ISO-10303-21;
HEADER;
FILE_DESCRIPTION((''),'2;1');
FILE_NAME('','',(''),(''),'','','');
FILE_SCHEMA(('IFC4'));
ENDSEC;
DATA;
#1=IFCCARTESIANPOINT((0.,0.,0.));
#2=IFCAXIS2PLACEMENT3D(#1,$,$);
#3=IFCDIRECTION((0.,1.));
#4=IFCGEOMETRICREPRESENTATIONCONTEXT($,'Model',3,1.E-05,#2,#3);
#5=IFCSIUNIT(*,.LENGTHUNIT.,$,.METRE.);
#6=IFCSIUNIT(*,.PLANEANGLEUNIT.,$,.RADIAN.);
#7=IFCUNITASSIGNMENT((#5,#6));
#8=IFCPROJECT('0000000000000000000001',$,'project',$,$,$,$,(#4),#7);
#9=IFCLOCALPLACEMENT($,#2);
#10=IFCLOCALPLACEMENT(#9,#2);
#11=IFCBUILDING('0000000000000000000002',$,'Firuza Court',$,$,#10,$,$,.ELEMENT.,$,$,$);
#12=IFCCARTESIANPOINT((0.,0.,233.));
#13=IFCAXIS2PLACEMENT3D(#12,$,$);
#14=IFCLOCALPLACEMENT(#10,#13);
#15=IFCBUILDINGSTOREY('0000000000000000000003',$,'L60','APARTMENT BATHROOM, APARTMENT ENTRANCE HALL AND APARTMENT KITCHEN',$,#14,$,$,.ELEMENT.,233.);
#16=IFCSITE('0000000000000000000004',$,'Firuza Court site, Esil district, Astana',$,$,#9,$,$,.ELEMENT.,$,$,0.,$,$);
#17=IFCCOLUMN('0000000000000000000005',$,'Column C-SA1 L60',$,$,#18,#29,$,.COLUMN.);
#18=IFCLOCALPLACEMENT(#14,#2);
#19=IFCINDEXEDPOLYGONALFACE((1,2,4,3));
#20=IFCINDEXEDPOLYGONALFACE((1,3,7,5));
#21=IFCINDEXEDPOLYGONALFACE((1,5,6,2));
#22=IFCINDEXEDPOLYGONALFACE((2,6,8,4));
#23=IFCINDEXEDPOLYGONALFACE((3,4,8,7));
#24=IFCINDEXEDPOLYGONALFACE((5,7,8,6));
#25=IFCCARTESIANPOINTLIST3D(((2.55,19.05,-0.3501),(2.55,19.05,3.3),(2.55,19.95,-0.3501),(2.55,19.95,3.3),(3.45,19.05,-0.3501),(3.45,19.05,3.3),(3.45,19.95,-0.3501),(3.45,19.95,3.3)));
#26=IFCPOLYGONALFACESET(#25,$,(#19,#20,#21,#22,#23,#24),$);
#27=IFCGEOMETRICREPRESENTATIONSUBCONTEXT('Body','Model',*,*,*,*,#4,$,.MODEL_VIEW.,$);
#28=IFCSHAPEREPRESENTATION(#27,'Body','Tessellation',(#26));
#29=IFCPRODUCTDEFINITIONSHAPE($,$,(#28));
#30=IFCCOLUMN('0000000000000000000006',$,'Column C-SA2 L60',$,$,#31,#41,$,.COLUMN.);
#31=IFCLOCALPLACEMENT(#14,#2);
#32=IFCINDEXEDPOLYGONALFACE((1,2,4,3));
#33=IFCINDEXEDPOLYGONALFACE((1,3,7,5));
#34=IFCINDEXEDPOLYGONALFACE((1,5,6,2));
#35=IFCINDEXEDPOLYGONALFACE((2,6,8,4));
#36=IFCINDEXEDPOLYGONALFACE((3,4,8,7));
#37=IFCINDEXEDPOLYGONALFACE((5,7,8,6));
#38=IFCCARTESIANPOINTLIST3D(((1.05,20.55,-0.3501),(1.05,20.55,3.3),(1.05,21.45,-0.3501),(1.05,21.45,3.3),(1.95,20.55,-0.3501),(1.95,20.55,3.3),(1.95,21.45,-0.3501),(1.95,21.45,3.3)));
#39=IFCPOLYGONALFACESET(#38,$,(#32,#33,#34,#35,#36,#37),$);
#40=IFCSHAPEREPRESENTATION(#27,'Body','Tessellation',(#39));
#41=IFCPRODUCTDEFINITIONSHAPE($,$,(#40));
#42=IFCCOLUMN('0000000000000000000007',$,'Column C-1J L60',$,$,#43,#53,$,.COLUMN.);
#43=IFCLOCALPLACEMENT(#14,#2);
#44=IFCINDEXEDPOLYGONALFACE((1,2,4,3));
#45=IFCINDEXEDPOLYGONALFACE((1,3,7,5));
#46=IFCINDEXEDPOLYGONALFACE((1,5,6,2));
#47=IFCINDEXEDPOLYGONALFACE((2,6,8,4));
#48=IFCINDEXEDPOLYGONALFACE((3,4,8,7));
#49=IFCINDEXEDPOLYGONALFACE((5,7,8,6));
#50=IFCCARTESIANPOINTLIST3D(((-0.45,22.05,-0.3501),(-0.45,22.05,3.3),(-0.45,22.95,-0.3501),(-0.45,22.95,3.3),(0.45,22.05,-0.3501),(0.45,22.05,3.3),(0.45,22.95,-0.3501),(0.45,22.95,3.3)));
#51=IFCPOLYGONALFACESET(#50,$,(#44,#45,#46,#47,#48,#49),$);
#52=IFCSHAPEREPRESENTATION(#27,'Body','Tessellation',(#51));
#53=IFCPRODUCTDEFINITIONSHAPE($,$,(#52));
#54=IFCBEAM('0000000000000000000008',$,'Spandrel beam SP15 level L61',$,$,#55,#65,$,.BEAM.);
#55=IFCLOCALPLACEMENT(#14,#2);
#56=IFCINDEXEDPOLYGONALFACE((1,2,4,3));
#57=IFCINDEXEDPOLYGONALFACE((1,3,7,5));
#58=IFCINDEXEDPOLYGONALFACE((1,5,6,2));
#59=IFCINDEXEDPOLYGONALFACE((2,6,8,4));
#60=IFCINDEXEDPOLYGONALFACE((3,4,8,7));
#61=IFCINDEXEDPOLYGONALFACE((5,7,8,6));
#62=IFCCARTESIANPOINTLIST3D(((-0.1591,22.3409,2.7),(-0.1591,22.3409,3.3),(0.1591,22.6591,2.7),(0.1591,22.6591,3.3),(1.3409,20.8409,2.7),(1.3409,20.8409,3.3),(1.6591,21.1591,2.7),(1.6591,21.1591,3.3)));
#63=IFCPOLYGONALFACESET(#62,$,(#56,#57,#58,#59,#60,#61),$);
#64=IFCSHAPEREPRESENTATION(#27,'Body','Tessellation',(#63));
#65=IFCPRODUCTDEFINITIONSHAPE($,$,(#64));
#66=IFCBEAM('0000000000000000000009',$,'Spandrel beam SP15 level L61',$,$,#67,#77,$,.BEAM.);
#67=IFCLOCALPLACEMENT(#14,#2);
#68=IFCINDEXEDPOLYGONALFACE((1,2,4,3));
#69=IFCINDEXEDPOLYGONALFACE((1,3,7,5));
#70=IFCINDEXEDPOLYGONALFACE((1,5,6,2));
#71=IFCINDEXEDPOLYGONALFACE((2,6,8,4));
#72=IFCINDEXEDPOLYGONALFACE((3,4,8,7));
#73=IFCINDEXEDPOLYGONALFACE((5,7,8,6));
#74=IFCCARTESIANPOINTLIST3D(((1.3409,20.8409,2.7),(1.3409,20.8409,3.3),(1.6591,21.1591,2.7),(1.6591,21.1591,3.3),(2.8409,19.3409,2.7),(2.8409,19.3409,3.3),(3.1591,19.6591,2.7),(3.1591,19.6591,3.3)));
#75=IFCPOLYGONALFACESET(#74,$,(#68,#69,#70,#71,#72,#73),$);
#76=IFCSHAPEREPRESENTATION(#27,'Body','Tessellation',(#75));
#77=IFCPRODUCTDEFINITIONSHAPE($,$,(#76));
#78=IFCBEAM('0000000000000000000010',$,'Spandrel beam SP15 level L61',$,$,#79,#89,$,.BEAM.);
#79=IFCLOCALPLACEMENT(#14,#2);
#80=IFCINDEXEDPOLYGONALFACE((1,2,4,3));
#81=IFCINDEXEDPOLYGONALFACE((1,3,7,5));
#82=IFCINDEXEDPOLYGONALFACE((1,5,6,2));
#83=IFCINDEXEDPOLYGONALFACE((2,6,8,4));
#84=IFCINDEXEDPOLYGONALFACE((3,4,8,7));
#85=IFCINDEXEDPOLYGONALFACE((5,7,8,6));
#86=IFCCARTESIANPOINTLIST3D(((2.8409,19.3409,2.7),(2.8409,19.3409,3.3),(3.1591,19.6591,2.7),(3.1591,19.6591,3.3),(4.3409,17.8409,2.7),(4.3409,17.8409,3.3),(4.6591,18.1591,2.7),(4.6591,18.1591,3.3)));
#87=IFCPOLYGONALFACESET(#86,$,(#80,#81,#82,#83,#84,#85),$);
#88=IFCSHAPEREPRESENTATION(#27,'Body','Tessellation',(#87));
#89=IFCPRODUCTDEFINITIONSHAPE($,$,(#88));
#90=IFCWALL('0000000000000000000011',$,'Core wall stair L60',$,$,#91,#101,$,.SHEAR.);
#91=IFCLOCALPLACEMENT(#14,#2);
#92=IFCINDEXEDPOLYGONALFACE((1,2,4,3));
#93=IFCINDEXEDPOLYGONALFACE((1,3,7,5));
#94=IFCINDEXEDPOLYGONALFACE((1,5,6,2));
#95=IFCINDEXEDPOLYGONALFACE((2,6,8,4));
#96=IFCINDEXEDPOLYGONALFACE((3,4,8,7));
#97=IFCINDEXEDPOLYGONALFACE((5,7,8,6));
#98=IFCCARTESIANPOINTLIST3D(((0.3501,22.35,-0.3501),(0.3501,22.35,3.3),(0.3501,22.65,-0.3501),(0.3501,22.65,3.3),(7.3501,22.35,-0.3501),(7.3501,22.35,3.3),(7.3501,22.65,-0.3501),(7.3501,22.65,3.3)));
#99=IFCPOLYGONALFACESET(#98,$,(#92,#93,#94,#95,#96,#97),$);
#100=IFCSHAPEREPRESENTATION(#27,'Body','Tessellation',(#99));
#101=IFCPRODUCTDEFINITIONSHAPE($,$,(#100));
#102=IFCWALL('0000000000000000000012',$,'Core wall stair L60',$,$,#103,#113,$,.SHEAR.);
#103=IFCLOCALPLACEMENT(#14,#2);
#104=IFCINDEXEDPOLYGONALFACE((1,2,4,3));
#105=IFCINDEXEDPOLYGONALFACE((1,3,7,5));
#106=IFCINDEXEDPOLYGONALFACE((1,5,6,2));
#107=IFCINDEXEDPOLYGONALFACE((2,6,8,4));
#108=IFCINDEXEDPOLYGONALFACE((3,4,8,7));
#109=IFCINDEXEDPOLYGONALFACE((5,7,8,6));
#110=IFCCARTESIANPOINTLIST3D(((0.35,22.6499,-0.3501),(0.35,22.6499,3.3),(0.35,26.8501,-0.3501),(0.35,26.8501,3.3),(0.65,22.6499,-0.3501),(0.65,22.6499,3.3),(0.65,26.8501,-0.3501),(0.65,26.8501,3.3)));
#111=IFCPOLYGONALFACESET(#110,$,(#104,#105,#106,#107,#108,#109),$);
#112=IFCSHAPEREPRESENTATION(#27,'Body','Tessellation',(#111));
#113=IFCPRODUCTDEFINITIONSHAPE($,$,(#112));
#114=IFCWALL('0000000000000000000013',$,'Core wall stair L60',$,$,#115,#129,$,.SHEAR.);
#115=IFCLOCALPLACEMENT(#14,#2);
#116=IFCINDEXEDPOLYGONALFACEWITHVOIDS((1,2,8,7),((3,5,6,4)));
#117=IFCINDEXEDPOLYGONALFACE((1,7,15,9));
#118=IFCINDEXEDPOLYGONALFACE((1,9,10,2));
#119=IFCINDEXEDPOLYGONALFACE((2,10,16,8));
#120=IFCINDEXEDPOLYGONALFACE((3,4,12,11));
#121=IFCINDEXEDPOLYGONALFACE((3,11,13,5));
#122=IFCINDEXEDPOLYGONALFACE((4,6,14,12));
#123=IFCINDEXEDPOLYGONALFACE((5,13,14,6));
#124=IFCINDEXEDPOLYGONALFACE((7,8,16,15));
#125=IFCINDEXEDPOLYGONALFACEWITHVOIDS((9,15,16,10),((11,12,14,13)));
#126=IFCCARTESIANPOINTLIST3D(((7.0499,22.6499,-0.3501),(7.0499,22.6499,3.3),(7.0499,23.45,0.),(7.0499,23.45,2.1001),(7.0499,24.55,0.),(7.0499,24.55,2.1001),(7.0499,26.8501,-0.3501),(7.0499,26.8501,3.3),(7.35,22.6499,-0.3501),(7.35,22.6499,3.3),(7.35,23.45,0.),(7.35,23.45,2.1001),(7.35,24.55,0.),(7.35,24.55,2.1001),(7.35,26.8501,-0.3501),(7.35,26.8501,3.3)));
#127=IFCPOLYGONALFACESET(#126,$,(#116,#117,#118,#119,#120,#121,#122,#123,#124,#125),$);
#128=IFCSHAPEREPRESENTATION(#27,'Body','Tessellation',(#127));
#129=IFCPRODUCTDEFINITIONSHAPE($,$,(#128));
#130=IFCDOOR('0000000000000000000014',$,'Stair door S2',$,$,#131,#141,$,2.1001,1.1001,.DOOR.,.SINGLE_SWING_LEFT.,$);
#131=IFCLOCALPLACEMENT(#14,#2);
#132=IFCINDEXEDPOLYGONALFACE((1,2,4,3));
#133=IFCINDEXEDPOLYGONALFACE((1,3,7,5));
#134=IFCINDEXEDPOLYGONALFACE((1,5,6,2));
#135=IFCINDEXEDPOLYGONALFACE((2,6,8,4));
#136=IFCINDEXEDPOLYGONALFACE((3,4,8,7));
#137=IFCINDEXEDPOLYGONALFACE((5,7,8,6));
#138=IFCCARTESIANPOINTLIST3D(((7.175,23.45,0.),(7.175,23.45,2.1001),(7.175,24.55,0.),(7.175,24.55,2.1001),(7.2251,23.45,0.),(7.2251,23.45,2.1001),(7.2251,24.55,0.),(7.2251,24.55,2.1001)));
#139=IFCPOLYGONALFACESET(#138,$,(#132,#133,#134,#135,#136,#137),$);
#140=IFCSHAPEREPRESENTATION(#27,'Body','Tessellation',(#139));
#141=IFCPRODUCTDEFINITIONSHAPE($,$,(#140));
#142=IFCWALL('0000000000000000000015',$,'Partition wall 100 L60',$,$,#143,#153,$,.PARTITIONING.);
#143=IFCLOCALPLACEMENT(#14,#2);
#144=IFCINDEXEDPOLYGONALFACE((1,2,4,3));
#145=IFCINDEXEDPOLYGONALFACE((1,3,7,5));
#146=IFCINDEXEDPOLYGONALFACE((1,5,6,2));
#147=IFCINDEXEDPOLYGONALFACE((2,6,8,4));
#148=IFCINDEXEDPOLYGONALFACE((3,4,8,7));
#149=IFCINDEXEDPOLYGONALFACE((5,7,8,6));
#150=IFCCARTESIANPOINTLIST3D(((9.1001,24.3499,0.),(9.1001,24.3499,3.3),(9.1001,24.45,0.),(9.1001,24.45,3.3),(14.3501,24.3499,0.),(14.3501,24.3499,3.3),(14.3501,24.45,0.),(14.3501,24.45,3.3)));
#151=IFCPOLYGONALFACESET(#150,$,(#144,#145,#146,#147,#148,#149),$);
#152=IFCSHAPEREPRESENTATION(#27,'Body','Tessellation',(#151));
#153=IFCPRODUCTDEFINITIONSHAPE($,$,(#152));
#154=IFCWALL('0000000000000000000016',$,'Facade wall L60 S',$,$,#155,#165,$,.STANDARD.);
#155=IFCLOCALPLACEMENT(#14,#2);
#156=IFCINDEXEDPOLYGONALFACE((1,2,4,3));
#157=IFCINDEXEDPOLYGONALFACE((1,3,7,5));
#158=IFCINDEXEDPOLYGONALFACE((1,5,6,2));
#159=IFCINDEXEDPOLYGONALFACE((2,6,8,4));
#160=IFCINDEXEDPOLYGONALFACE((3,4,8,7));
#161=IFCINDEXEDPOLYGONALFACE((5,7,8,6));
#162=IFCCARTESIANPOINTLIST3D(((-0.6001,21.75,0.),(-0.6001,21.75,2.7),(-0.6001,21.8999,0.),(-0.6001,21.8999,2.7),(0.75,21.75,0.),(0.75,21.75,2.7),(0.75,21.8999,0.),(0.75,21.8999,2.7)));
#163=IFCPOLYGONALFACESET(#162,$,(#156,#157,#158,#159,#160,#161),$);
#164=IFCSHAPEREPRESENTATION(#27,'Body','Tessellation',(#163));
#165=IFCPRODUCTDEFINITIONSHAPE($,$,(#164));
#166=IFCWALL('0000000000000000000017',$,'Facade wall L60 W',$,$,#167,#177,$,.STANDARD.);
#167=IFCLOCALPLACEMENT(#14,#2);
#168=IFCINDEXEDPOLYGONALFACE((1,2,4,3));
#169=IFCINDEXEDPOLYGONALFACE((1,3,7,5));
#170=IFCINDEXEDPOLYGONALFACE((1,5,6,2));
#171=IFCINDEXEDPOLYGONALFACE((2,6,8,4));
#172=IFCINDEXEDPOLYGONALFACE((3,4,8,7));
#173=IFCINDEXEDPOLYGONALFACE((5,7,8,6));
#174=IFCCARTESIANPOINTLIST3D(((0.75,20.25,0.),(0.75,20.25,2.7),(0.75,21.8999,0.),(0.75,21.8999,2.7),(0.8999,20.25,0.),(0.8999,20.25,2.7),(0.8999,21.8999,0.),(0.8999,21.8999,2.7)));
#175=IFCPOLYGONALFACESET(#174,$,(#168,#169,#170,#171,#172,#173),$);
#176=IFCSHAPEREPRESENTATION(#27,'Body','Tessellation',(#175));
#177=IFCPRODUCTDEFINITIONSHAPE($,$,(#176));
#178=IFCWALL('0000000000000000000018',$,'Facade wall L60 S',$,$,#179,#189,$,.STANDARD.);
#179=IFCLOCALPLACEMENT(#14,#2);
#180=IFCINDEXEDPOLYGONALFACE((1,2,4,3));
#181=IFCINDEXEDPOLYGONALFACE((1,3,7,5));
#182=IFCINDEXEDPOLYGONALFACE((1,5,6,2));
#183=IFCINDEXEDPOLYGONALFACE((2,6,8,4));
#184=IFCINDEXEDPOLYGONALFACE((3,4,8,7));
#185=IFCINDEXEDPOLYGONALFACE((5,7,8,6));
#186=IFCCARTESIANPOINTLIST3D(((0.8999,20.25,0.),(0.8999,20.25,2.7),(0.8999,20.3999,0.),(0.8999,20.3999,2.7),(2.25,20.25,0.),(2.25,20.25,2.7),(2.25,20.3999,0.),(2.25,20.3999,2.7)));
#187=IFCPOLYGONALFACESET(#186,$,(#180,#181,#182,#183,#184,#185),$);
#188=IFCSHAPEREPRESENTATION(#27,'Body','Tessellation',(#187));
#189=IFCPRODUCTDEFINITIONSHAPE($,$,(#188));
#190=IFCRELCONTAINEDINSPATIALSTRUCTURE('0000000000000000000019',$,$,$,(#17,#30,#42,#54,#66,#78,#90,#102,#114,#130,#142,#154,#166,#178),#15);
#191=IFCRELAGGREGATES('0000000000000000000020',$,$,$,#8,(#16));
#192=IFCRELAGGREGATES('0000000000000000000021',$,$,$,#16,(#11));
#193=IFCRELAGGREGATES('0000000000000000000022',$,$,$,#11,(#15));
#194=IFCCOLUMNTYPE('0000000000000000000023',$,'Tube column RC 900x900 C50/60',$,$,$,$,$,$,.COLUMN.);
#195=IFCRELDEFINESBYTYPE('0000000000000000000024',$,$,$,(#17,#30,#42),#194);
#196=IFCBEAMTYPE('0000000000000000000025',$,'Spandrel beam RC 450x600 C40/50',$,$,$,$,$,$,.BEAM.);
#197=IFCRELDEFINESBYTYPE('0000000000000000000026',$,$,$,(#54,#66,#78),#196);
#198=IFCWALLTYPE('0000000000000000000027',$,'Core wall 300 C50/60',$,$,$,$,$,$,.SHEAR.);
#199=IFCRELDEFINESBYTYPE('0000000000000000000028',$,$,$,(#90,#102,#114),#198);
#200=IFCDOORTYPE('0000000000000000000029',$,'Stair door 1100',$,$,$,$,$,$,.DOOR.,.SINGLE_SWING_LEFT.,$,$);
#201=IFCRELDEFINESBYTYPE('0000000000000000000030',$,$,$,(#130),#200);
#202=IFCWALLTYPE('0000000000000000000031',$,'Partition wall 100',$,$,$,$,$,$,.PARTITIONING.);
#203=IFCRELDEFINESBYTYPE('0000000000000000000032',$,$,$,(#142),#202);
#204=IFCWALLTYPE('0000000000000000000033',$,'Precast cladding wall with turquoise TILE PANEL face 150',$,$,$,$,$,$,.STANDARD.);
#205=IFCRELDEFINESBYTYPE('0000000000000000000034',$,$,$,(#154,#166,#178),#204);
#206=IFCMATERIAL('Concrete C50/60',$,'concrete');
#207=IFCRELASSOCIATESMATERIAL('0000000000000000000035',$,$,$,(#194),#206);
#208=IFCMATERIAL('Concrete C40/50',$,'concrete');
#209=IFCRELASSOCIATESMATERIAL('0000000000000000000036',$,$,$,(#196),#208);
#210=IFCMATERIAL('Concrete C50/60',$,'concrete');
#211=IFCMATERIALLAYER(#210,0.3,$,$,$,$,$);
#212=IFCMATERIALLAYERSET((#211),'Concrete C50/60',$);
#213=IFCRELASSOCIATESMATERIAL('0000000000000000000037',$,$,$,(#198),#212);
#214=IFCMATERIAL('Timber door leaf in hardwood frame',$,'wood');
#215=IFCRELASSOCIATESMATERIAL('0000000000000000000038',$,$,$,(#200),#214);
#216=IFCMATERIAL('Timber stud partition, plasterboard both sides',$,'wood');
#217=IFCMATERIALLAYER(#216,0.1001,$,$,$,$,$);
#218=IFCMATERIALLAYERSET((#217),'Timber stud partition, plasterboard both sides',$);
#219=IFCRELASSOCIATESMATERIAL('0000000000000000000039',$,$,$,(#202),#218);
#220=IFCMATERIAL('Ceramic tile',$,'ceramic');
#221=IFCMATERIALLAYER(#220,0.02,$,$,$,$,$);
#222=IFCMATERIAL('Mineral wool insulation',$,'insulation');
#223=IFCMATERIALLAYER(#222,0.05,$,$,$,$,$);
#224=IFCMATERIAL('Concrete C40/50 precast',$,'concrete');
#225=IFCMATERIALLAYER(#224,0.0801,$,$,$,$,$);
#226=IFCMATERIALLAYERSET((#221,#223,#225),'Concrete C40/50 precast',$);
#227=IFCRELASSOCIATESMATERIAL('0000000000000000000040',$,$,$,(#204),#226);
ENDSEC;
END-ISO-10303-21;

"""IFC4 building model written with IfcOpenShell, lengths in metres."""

from ifc_helpers import new_model, si_unit, direction, frame, frame_2d, origin, origin_2d, place, context, subcontext, project, spatial, rectangle, extrude, material, layer, layer_set, material_profile, profile_set, type_object, element, fill, save


model = new_model("IFC4")

# Units and contexts
model_context = context("Model", 3, precision=1e-05, world=origin(), true_north=direction((0.0, 1.0)))
body_context = subcontext(model_context, "Body", "Model", "MODEL_VIEW")
ifc_project = project(units=[si_unit("LENGTHUNIT", "METRE"), si_unit("PLANEANGLEUNIT", "RADIAN")], contexts=[model_context])

# Site, building, storey
site_placement = place(None, origin())
site = spatial("IfcSite", under=ifc_project, at=site_placement, Name="Firuza Court site, Esil district, Astana", CompositionType="ELEMENT", RefElevation=0.0)
building_placement = place(site_placement, origin())
building = spatial("IfcBuilding", under=site, at=building_placement, Name="Firuza Court", CompositionType="ELEMENT")
storey_placement = place(building_placement, frame((0.0, 0.0, 233.0)))
storey = spatial("IfcBuildingStorey", under=building, at=storey_placement, Name="L60", Description="APARTMENT BATHROOM, APARTMENT ENTRANCE HALL AND APARTMENT KITCHEN", CompositionType="ELEMENT", Elevation=233.0)

# Columns
ifc_material_1 = material(Name="Concrete C50/60", Category="concrete")
ifc_material_profile_1 = material_profile(ifc_material_1, rectangle(XDim=0.8999, YDim=0.8999, at=origin_2d()), Name="RC 900x900")
ifc_profile_set_1 = profile_set([ifc_material_profile_1], Name="Concrete C50/60")
column_type = type_object("IfcColumnType", Name="Tube column RC 900x900 C50/60", PredefinedType="COLUMN", material=ifc_profile_set_1)
for number, where, z_axis, x_axis, name in (
    (1, (3.0, 19.5, -0.3501), (0.0, 0.0, 1.0), (1.0, 0.0, 0.0), "Column C-SA1 L60"),
    (2, (1.5, 21.0, -0.3501), (0.0, 0.0, 1.0), (1.0, 0.0, 0.0), "Column C-SA2 L60"),
    (3, (0.0, 22.5, -0.3501), (0.0, 0.0, 1.0), (1.0, 0.0, 0.0), "Column C-1J L60"),
):
    element("IfcColumn", number, at=place(storey_placement, frame(where, z_axis=z_axis, x_axis=x_axis)), inside=storey, type_object=column_type, Name=name, PredefinedType="COLUMN", context=body_context, shape_type="SweptSolid", body=[
        extrude(rectangle(XDim=0.8999, YDim=0.8999, at=origin_2d()), origin(), (0.0, 0.0, 1.0), 3.6501),
    ])

# Beams
ifc_material_2 = material(Name="Concrete C40/50", Category="concrete")
ifc_material_profile_2 = material_profile(ifc_material_2, rectangle(XDim=0.45, YDim=0.6001, at=origin_2d()), Name="RC 450x600")
ifc_profile_set_2 = profile_set([ifc_material_profile_2], Name="Concrete C40/50")
beam_type = type_object("IfcBeamType", Name="Spandrel beam RC 450x600 C40/50", PredefinedType="BEAM", material=ifc_profile_set_2)
for number, where, z_axis, x_axis, name in (
    (4, (0.0, 22.5, 3.0), (0.707107, -0.707107, 0.0), (0.707107, 0.707107, 0.0), "Spandrel beam SP15 level L61"),
    (5, (1.5, 21.0, 3.0), (0.707107, -0.707107, 0.0), (0.707107, 0.707107, 0.0), "Spandrel beam SP15 level L61"),
    (6, (3.0, 19.5, 3.0), (0.707107, -0.707107, 0.0), (0.707107, 0.707107, 0.0), "Spandrel beam SP15 level L61"),
):
    element("IfcBeam", number, at=place(storey_placement, frame(where, z_axis=z_axis, x_axis=x_axis)), inside=storey, type_object=beam_type, Name=name, PredefinedType="BEAM", context=body_context, shape_type="SweptSolid", body=[
        extrude(rectangle(XDim=0.45, YDim=0.6001, at=origin_2d()), origin(), (0.0, 0.0, 1.0), 2.1213),
    ])

# Walls
ifc_material_3 = material(Name="Concrete C50/60", Category="concrete")
ifc_layer_1 = layer(ifc_material_3, 0.3)
ifc_layer_set_1 = layer_set([ifc_layer_1], Name="Concrete C50/60")
wall_type_1 = type_object("IfcWallType", Name="Core wall 300 C50/60", PredefinedType="SHEAR", material=ifc_layer_set_1)
wall_1_placement = place(storey_placement, frame((0.3501, 22.5, -0.3501), z_axis=(0.0, 0.0, 1.0), x_axis=(1.0, 0.0, 0.0)))
element("IfcWall", 7, at=wall_1_placement, inside=storey, type_object=wall_type_1, Name="Core wall stair L60", PredefinedType="SHEAR", context=body_context, shape_type="SweptSolid", body=[
    extrude(rectangle(XDim=7.0, YDim=0.3, at=frame_2d((3.5, 0.0))), origin(), (0.0, 0.0, 1.0), 3.6501),
])
wall_2_placement = place(storey_placement, frame((0.5, 22.6499, -0.3501), z_axis=(0.0, 0.0, 1.0), x_axis=(0.0, 1.0, 0.0)))
element("IfcWall", 8, at=wall_2_placement, inside=storey, type_object=wall_type_1, Name="Core wall stair L60", PredefinedType="SHEAR", context=body_context, shape_type="SweptSolid", body=[
    extrude(rectangle(XDim=4.2002, YDim=0.3, at=frame_2d((2.1001, 0.0))), origin(), (0.0, 0.0, 1.0), 3.6501),
])

# Wall, opening, door
wall_3_placement = place(storey_placement, frame((7.2, 22.6499, -0.3501), z_axis=(0.0, 0.0, 1.0), x_axis=(0.0, 1.0, 0.0)))
wall_3 = element("IfcWall", 9, at=wall_3_placement, inside=storey, type_object=wall_type_1, Name="Core wall stair L60", PredefinedType="SHEAR", context=body_context, shape_type="SweptSolid", body=[
    extrude(rectangle(XDim=4.2002, YDim=0.3, at=frame_2d((2.1001, 0.0))), origin(), (0.0, 0.0, 1.0), 3.6501),
])
opening_placement = place(wall_3_placement, frame((0.8, 0.0, 0.3501)))
opening = element("IfcOpeningElement", 10, at=opening_placement, cuts=wall_3, PredefinedType="OPENING", context=body_context, shape_type="SweptSolid", body=[
    extrude(rectangle(XDim=1.1001, YDim=2.1001, at=frame_2d((0.55, 1.05))), frame((0.0, 0.1621, 0.0), z_axis=(0.0, -1.0, 0.0), x_axis=(1.0, 0.0, 0.0)), (0.0, 0.0, 1.0), 0.324),
])
ifc_material_4 = material(Name="Timber door leaf in hardwood frame", Category="wood")
door_type = type_object("IfcDoorType", Name="Stair door 1100", OperationType="SINGLE_SWING_LEFT", PredefinedType="DOOR", material=ifc_material_4)
door_placement = place(opening_placement, origin())
door = element("IfcDoor", 11, at=door_placement, inside=storey, type_object=door_type, Name="Stair door S2", OperationType="SINGLE_SWING_LEFT", OverallHeight=2.1001, OverallWidth=1.1001, PredefinedType="DOOR", context=body_context, shape_type="SweptSolid", body=[
    extrude(rectangle(XDim=1.1001, YDim=2.1001, at=frame_2d((0.55, 1.05))), frame((0.0, 0.0249, 0.0), z_axis=(0.0, -1.0, 0.0), x_axis=(1.0, 0.0, 0.0)), (0.0, 0.0, 1.0), 0.05),
])
fill(opening, door)

# Walls
ifc_material_5 = material(Name="Timber stud partition, plasterboard both sides", Category="wood")
ifc_layer_2 = layer(ifc_material_5, 0.1001)
ifc_layer_set_2 = layer_set([ifc_layer_2], Name="Timber stud partition, plasterboard both sides")
wall_type_2 = type_object("IfcWallType", Name="Partition wall 100", PredefinedType="PARTITIONING", material=ifc_layer_set_2)
wall_4_placement = place(storey_placement, frame((9.1001, 24.3999, 0.0), z_axis=(0.0, 0.0, 1.0), x_axis=(1.0, 0.0, 0.0)))
element("IfcWall", 12, at=wall_4_placement, inside=storey, type_object=wall_type_2, Name="Partition wall 100 L60", PredefinedType="PARTITIONING", context=body_context, shape_type="SweptSolid", body=[
    extrude(rectangle(XDim=5.25, YDim=0.1001, at=frame_2d((2.625, 0.0))), origin(), (0.0, 0.0, 1.0), 3.3),
])
ifc_material_6 = material(Name="Ceramic tile", Category="ceramic")
ifc_layer_3 = layer(ifc_material_6, 0.02)
ifc_material_7 = material(Name="Mineral wool insulation", Category="insulation")
ifc_layer_4 = layer(ifc_material_7, 0.05)
ifc_material_8 = material(Name="Concrete C40/50 precast", Category="concrete")
ifc_layer_5 = layer(ifc_material_8, 0.0801)
ifc_layer_set_3 = layer_set([ifc_layer_3, ifc_layer_4, ifc_layer_5], Name="Concrete C40/50 precast")
wall_type_3 = type_object("IfcWallType", Name="Precast cladding wall with turquoise TILE PANEL face 150", PredefinedType="STANDARD", material=ifc_layer_set_3)
wall_5_placement = place(storey_placement, frame((-0.6001, 21.825, 0.0), z_axis=(0.0, 0.0, 1.0), x_axis=(1.0, 0.0, 0.0)))
element("IfcWall", 13, at=wall_5_placement, inside=storey, type_object=wall_type_3, Name="Facade wall L60 S", PredefinedType="STANDARD", context=body_context, shape_type="SweptSolid", body=[
    extrude(rectangle(XDim=1.3501, YDim=0.1499, at=frame_2d((0.675, 0.0))), origin(), (0.0, 0.0, 1.0), 2.7),
])
wall_6_placement = place(storey_placement, frame((0.825, 21.8999, 0.0), z_axis=(0.0, 0.0, 1.0), x_axis=(0.0, -1.0, 0.0)))
element("IfcWall", 14, at=wall_6_placement, inside=storey, type_object=wall_type_3, Name="Facade wall L60 W", PredefinedType="STANDARD", context=body_context, shape_type="SweptSolid", body=[
    extrude(rectangle(XDim=1.6499, YDim=0.1499, at=frame_2d((0.825, 0.0))), origin(), (0.0, 0.0, 1.0), 2.7),
])
wall_7_placement = place(storey_placement, frame((0.8999, 20.325, 0.0), z_axis=(0.0, 0.0, 1.0), x_axis=(1.0, 0.0, 0.0)))
element("IfcWall", 15, at=wall_7_placement, inside=storey, type_object=wall_type_3, Name="Facade wall L60 S", PredefinedType="STANDARD", context=body_context, shape_type="SweptSolid", body=[
    extrude(rectangle(XDim=1.3501, YDim=0.1499, at=frame_2d((0.675, 0.0))), origin(), (0.0, 0.0, 1.0), 2.7),
])

save(model, "model.ifc")
